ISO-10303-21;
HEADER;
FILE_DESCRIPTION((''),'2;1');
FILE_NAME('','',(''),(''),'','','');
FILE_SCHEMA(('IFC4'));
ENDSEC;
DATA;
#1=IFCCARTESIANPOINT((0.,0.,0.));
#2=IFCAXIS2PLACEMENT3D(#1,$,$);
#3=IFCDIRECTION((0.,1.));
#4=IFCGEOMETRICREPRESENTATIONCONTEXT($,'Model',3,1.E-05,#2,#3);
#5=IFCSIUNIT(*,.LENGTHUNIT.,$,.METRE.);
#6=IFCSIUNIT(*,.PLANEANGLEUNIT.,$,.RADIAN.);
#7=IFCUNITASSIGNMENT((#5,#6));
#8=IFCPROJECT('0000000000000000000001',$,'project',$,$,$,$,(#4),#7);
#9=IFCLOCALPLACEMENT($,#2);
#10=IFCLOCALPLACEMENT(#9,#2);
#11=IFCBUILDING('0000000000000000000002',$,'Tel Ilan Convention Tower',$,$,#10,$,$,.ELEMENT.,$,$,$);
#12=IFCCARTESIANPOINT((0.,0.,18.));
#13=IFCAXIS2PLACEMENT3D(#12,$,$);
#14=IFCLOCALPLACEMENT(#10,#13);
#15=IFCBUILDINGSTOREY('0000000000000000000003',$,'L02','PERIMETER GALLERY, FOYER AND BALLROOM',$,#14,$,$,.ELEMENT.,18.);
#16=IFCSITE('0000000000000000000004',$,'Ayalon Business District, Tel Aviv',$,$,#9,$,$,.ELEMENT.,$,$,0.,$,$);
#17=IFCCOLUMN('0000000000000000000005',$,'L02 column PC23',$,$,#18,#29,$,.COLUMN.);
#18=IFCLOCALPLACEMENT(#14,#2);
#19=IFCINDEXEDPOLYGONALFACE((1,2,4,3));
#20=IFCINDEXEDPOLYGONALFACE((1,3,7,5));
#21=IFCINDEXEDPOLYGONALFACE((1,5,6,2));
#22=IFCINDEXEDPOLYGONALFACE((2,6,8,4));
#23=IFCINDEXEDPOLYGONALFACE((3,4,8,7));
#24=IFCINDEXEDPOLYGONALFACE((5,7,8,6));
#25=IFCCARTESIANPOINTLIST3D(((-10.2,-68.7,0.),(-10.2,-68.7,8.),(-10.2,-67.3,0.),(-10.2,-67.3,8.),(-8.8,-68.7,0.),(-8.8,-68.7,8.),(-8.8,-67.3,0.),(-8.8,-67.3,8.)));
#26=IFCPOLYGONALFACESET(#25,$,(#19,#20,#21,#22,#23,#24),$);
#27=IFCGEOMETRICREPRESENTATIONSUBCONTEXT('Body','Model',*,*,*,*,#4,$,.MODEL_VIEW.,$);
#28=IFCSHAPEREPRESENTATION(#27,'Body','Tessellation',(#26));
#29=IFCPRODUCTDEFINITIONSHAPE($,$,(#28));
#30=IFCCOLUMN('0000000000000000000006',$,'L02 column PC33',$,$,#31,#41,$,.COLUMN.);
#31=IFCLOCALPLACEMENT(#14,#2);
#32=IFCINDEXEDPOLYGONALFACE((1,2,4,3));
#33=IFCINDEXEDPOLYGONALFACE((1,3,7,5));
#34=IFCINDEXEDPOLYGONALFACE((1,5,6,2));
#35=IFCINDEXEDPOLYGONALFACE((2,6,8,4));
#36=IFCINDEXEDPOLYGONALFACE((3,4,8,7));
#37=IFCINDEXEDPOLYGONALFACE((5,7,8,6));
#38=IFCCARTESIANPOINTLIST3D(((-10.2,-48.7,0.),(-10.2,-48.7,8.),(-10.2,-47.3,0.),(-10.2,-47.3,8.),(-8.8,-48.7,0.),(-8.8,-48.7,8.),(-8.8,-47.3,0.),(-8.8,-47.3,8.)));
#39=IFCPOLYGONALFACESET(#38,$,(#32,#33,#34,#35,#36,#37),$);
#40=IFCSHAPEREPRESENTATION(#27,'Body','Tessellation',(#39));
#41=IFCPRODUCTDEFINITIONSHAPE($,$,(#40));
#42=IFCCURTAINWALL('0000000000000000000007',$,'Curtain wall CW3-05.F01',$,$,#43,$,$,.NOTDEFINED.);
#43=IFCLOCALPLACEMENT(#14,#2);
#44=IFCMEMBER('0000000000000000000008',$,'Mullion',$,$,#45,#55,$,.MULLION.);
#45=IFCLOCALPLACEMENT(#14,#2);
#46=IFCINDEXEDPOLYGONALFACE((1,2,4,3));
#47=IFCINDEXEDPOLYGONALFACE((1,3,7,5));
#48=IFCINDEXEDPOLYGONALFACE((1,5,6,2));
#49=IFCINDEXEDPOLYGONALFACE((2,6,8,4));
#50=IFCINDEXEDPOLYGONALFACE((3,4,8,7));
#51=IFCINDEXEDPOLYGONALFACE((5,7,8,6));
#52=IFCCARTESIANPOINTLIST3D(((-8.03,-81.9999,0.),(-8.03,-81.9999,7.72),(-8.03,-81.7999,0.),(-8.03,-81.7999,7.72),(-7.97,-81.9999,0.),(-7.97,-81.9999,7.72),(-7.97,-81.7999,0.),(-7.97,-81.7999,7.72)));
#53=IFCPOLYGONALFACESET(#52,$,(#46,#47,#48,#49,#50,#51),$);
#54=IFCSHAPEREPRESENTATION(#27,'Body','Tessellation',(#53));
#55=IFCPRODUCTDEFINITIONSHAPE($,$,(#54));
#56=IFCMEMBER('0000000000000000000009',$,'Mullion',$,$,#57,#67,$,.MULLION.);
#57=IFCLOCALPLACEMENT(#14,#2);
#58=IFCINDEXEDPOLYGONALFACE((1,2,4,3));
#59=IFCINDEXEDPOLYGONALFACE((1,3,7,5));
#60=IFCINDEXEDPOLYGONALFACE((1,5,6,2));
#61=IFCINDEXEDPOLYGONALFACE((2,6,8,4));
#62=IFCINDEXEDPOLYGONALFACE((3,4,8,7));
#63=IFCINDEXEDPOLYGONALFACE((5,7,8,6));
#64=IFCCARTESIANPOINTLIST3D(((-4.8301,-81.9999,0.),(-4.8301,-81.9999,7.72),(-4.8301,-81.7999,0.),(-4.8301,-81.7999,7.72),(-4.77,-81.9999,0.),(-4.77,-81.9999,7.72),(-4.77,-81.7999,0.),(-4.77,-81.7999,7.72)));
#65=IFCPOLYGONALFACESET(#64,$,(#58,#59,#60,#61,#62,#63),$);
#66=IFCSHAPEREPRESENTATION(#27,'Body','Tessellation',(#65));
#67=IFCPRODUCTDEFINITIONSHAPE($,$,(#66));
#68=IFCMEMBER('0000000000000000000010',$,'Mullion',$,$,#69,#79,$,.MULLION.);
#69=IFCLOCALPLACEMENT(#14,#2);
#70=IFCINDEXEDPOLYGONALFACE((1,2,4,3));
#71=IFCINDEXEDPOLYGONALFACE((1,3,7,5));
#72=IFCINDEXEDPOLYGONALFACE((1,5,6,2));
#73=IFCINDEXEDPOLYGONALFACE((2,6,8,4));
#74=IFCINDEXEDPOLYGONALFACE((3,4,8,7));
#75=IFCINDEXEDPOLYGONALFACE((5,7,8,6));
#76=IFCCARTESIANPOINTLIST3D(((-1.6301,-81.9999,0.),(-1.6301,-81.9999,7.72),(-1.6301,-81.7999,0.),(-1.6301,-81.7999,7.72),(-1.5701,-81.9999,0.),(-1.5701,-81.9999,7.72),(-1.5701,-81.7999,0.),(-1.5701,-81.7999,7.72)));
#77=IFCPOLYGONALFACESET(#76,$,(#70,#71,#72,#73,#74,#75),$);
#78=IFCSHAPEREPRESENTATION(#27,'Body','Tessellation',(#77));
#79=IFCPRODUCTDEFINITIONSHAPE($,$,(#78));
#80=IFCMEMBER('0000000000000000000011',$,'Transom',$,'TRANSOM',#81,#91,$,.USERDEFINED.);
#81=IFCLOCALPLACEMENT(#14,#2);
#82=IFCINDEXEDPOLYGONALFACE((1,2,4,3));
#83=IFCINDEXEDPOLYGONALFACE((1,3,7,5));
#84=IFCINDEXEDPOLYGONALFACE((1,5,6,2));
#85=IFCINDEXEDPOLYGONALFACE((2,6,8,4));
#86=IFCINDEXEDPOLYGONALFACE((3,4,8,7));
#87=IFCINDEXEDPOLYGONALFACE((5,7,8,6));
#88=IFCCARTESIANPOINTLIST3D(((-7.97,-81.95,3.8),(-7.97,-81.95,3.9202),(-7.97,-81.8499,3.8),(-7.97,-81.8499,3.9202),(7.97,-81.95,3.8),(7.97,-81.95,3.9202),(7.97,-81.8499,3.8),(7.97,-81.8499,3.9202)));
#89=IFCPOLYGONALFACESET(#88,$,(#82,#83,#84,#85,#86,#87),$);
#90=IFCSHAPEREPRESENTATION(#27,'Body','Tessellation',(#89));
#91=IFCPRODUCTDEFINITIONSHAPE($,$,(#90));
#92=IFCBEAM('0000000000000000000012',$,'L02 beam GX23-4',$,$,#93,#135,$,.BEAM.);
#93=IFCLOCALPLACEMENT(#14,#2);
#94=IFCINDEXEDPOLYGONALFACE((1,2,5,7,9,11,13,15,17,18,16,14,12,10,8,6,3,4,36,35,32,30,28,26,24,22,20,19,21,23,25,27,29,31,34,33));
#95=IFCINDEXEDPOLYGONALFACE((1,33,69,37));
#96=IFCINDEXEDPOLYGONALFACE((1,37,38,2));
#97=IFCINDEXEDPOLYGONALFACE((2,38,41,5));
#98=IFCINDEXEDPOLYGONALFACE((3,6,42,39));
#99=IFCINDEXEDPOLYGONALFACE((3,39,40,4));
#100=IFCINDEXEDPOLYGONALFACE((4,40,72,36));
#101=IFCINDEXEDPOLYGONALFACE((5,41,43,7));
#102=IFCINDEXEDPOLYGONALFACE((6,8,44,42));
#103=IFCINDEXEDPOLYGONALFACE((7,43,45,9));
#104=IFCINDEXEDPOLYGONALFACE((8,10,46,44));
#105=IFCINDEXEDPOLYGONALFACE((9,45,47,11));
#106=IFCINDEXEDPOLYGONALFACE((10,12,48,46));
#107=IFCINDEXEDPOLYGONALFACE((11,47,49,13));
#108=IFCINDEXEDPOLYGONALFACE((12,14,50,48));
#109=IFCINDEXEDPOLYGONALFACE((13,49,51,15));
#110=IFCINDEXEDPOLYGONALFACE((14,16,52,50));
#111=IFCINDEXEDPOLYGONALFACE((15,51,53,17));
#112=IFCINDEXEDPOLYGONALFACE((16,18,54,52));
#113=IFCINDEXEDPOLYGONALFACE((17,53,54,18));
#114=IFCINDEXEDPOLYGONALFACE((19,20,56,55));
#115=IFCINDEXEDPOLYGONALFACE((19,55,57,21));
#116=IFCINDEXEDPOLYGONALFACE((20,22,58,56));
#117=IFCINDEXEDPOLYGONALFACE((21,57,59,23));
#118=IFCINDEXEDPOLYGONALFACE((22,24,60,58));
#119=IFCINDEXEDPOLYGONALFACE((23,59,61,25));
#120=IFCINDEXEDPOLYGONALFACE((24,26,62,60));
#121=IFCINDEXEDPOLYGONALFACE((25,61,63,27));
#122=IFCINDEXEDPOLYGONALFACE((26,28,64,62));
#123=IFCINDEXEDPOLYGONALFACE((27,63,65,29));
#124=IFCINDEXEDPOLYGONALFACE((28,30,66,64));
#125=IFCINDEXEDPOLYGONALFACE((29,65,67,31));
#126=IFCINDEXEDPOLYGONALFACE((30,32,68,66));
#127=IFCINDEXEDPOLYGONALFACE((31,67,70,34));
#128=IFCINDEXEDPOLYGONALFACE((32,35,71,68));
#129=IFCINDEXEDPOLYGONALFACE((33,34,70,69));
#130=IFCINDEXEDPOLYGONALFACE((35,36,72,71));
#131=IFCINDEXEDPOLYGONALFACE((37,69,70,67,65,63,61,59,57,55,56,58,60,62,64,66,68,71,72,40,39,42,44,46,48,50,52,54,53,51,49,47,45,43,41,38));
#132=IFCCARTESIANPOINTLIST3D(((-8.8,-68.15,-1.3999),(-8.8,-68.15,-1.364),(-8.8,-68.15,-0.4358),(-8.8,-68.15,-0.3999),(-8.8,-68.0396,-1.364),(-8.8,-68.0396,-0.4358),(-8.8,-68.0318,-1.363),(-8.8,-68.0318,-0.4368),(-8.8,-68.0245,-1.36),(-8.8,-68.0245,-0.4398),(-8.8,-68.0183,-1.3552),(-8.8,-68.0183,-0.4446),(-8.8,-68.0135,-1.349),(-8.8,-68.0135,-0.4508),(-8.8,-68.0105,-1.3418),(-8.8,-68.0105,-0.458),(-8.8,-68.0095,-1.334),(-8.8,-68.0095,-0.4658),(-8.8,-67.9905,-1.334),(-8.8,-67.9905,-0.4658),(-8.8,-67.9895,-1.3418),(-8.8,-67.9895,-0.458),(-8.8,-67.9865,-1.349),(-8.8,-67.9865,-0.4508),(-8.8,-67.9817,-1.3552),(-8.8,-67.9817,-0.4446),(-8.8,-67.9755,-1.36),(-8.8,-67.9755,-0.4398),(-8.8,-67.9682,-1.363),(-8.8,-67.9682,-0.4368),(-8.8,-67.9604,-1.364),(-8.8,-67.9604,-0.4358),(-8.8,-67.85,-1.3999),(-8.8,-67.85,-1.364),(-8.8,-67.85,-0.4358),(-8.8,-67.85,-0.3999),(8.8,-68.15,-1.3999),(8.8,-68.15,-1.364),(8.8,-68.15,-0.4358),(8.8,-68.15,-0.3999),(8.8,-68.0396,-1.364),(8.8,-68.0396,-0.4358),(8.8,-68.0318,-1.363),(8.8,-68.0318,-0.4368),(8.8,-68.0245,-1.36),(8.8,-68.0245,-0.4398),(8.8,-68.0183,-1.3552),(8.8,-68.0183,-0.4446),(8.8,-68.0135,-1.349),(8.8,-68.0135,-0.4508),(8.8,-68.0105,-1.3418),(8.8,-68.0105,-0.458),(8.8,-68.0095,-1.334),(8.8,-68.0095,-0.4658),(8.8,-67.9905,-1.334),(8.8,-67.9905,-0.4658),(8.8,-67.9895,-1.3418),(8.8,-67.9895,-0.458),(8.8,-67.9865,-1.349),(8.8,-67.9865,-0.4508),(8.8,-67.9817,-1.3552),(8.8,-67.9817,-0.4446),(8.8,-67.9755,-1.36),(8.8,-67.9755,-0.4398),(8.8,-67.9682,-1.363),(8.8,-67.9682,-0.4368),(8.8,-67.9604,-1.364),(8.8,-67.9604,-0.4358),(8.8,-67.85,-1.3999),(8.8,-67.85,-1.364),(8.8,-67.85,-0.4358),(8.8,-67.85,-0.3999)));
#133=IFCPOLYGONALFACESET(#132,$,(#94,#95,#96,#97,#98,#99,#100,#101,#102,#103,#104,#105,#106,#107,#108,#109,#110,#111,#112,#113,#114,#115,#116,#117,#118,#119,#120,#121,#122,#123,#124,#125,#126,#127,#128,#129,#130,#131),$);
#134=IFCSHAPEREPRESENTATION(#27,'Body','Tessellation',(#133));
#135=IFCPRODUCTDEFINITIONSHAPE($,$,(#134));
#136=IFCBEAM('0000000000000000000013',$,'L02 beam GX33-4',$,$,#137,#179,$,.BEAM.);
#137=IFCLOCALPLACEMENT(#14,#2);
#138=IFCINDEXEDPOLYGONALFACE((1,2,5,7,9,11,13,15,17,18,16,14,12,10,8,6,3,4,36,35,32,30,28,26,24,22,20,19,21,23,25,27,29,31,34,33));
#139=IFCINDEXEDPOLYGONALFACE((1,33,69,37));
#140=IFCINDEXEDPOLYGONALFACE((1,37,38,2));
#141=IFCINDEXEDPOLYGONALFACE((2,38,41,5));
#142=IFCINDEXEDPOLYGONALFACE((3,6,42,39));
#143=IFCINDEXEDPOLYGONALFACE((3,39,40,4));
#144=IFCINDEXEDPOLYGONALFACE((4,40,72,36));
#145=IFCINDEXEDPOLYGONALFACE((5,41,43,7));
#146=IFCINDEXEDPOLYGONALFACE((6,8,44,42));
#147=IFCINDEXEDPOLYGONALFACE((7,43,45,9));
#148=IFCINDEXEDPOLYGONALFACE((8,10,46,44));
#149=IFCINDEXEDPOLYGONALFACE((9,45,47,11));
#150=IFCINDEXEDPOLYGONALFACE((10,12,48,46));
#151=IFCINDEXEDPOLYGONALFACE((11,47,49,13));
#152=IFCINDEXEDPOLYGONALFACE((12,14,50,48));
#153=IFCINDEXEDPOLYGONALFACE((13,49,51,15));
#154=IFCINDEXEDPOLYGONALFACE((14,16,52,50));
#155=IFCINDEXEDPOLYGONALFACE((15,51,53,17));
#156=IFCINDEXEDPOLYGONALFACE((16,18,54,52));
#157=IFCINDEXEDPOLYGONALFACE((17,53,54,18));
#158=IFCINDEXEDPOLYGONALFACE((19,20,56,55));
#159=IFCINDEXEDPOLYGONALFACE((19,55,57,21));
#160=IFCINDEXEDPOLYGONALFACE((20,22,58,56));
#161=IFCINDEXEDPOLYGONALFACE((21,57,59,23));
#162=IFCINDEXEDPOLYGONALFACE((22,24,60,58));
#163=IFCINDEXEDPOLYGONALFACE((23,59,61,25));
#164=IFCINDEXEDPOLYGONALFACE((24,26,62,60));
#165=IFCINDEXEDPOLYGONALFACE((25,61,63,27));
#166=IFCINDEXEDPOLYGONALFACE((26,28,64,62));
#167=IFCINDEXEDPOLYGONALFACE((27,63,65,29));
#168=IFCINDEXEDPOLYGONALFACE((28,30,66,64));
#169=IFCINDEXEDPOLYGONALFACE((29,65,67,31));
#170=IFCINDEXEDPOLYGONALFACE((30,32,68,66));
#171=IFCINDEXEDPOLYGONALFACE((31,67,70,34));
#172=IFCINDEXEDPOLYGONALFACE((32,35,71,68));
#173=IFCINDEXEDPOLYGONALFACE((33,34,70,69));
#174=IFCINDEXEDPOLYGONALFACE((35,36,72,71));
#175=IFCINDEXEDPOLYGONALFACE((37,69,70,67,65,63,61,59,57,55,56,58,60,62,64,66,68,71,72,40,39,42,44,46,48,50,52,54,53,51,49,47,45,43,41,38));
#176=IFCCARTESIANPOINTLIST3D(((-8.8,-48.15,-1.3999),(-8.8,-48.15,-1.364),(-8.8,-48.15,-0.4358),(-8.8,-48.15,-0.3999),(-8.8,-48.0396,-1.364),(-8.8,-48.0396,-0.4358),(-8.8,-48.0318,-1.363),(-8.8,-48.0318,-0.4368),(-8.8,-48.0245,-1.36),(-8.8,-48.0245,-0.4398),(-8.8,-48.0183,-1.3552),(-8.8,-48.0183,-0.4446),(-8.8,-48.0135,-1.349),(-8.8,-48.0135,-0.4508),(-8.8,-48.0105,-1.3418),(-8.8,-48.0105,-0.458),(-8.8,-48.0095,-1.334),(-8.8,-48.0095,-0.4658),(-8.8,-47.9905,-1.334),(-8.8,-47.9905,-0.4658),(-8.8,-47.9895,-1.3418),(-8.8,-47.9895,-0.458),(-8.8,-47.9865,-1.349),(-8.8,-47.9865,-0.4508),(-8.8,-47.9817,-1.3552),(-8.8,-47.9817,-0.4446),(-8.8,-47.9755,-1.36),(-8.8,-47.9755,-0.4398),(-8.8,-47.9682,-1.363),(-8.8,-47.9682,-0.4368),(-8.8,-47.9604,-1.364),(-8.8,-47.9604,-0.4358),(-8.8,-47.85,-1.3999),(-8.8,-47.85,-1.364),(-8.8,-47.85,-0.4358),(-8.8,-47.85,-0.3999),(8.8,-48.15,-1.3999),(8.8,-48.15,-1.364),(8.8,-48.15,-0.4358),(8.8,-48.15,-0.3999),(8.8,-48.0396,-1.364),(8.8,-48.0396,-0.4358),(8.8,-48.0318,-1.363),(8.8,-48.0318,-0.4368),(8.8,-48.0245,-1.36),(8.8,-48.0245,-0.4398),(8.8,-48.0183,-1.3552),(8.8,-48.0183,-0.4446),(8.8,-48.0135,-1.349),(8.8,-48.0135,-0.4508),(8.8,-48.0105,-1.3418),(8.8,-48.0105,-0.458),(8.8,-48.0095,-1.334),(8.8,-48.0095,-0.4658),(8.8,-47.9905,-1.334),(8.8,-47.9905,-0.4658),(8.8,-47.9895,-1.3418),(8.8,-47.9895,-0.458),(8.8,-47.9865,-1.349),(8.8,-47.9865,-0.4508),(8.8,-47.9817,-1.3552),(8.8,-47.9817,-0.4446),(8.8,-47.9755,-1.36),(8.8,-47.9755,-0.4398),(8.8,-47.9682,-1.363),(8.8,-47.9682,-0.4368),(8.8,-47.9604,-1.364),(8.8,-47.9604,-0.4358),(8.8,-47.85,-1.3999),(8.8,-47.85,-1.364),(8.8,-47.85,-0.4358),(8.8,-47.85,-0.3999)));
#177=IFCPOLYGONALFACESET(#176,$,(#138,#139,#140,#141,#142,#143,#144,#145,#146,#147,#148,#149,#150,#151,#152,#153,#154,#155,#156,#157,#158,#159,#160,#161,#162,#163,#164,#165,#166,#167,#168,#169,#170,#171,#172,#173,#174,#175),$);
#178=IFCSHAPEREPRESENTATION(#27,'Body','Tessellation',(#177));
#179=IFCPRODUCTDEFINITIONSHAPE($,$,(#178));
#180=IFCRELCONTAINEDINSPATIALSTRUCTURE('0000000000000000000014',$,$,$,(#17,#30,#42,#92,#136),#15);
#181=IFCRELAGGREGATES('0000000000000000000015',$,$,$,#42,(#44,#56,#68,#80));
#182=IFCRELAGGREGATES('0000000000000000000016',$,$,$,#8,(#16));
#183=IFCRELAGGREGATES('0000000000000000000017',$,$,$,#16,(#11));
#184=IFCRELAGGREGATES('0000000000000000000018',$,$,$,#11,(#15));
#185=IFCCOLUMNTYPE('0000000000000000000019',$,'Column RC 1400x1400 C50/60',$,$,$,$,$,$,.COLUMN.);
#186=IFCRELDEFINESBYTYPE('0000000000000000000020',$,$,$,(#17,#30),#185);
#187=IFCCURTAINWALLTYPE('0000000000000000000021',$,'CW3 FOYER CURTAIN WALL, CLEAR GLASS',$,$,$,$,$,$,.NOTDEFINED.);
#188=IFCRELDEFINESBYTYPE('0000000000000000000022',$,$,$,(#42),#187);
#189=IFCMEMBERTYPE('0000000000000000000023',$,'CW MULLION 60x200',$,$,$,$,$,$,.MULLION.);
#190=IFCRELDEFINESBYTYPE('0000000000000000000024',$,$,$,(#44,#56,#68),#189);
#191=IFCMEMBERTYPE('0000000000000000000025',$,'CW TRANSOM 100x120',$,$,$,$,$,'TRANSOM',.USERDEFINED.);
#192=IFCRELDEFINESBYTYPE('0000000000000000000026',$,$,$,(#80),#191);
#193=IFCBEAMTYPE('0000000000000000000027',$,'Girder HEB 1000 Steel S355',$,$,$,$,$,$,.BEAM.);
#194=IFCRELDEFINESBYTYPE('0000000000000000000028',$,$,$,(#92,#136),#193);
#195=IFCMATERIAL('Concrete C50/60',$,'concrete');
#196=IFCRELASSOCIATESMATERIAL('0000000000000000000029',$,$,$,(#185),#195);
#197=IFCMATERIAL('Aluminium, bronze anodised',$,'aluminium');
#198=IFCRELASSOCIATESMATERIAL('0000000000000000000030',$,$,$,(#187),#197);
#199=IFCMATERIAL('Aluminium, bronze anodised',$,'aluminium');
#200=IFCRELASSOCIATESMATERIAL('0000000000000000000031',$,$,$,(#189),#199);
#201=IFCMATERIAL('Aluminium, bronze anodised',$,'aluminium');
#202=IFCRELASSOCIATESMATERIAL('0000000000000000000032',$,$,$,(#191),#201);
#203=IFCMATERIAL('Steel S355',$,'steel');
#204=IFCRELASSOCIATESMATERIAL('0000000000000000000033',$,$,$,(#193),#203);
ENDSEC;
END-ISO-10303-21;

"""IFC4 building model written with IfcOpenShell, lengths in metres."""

from ifc_helpers import new_model, si_unit, direction, frame, origin, origin_2d, place, context, subcontext, project, spatial, rectangle, i_section, extrude, material, material_profile, profile_set, type_object, element, aggregate, save


model = new_model("IFC4")

# Units and contexts
model_context = context("Model", 3, precision=1e-05, world=origin(), true_north=direction((0.0, 1.0)))
body_context = subcontext(model_context, "Body", "Model", "MODEL_VIEW")
ifc_project = project(units=[si_unit("LENGTHUNIT", "METRE"), si_unit("PLANEANGLEUNIT", "RADIAN")], contexts=[model_context])

# Site, building, storey
site_placement = place(None, origin())
site = spatial("IfcSite", under=ifc_project, at=site_placement, Name="Ayalon Business District, Tel Aviv", CompositionType="ELEMENT", RefElevation=0.0)
building_placement = place(site_placement, origin())
building = spatial("IfcBuilding", under=site, at=building_placement, Name="Tel Ilan Convention Tower", CompositionType="ELEMENT")
storey_placement = place(building_placement, frame((0.0, 0.0, 18.0)))
storey = spatial("IfcBuildingStorey", under=building, at=storey_placement, Name="L02", Description="PERIMETER GALLERY, FOYER AND BALLROOM", CompositionType="ELEMENT", Elevation=18.0)

# Columns
ifc_material_1 = material(Name="Concrete C50/60", Category="concrete")
ifc_material_profile_1 = material_profile(ifc_material_1, rectangle(XDim=1.3999, YDim=1.3999, at=origin_2d()), Name="RC 1400x1400")
ifc_profile_set_1 = profile_set([ifc_material_profile_1], Name="Concrete C50/60")
column_type = type_object("IfcColumnType", Name="Column RC 1400x1400 C50/60", PredefinedType="COLUMN", material=ifc_profile_set_1)
for number, where, z_axis, x_axis, name in (
    (1, (-9.5, -68.0, 0.0), (0.0, 0.0, 1.0), (1.0, 0.0, 0.0), "L02 column PC23"),
    (2, (-9.5, -48.0, 0.0), (0.0, 0.0, 1.0), (1.0, 0.0, 0.0), "L02 column PC33"),
):
    element("IfcColumn", number, at=place(storey_placement, frame(where, z_axis=z_axis, x_axis=x_axis)), inside=storey, type_object=column_type, Name=name, PredefinedType="COLUMN", context=body_context, shape_type="SweptSolid", body=[
        extrude(rectangle(XDim=1.3999, YDim=1.3999, at=origin_2d()), origin(), (0.0, 0.0, 1.0), 8.0),
    ])

# Curtain wall, members
ifc_material_2 = material(Name="Aluminium, bronze anodised", Category="aluminium")
curtain_wall_type = type_object("IfcCurtainWallType", Name="CW3 FOYER CURTAIN WALL, CLEAR GLASS", PredefinedType="NOTDEFINED", material=ifc_material_2)
curtain_wall_placement = place(storey_placement, origin())
curtain_wall = element("IfcCurtainWall", 3, at=curtain_wall_placement, inside=storey, type_object=curtain_wall_type, Name="Curtain wall CW3-05.F01", PredefinedType="NOTDEFINED")
ifc_material_3 = material(Name="Aluminium, bronze anodised", Category="aluminium")
ifc_material_profile_2 = material_profile(ifc_material_3, rectangle(XDim=0.0601, YDim=0.2, at=origin_2d()), Name="CW MULLION 60x200")
ifc_profile_set_2 = profile_set([ifc_material_profile_2], Name="Aluminium, bronze anodised")
member_type_1 = type_object("IfcMemberType", Name="CW MULLION 60x200", PredefinedType="MULLION", material=ifc_profile_set_2)
member_1_placement = place(storey_placement, frame((-8.0, -81.8999, 0.0), z_axis=(0.0, 0.0, 1.0), x_axis=(1.0, 0.0, 0.0)))
member_1 = element("IfcMember", 4, at=member_1_placement, type_object=member_type_1, Name="Mullion", PredefinedType="MULLION", context=body_context, shape_type="SweptSolid", body=[
    extrude(rectangle(XDim=0.0601, YDim=0.2, at=origin_2d()), origin(), (0.0, 0.0, 1.0), 7.72),
])
member_2_placement = place(storey_placement, frame((-4.8, -81.8999, 0.0), z_axis=(0.0, 0.0, 1.0), x_axis=(1.0, 0.0, 0.0)))
member_2 = element("IfcMember", 5, at=member_2_placement, type_object=member_type_1, Name="Mullion", PredefinedType="MULLION", context=body_context, shape_type="SweptSolid", body=[
    extrude(rectangle(XDim=0.0601, YDim=0.2, at=origin_2d()), origin(), (0.0, 0.0, 1.0), 7.72),
])
member_3_placement = place(storey_placement, frame((-1.6001, -81.8999, 0.0), z_axis=(0.0, 0.0, 1.0), x_axis=(1.0, 0.0, 0.0)))
member_3 = element("IfcMember", 6, at=member_3_placement, type_object=member_type_1, Name="Mullion", PredefinedType="MULLION", context=body_context, shape_type="SweptSolid", body=[
    extrude(rectangle(XDim=0.0601, YDim=0.2, at=origin_2d()), origin(), (0.0, 0.0, 1.0), 7.72),
])
ifc_material_4 = material(Name="Aluminium, bronze anodised", Category="aluminium")
ifc_material_profile_3 = material_profile(ifc_material_4, rectangle(XDim=0.1001, YDim=0.1201, at=origin_2d()), Name="CW TRANSOM 100x120")
ifc_profile_set_3 = profile_set([ifc_material_profile_3], Name="Aluminium, bronze anodised")
member_type_2 = type_object("IfcMemberType", Name="CW TRANSOM 100x120", ElementType="TRANSOM", PredefinedType="USERDEFINED", material=ifc_profile_set_3)
member_4_placement = place(storey_placement, frame((-7.97, -81.8999, 3.8601), z_axis=(1.0, 0.0, 0.0), x_axis=(0.0, 1.0, 0.0)))
member_4 = element("IfcMember", 7, at=member_4_placement, type_object=member_type_2, Name="Transom", ObjectType="TRANSOM", PredefinedType="USERDEFINED", context=body_context, shape_type="SweptSolid", body=[
    extrude(rectangle(XDim=0.1001, YDim=0.1201, at=origin_2d()), origin(), (0.0, 0.0, 1.0), 15.9399),
])

# Beams
ifc_material_5 = material(Name="Steel S355", Category="steel")
ifc_material_profile_4 = material_profile(ifc_material_5, i_section(OverallWidth=0.3, OverallDepth=1.0, WebThickness=0.019, FlangeThickness=0.0359, FilletRadius=0.03, at=origin_2d()), Name="HEB 1000")
ifc_profile_set_4 = profile_set([ifc_material_profile_4], Name="Steel S355")
beam_type_1 = type_object("IfcBeamType", Name="Girder HEB 1000 Steel S355", PredefinedType="BEAM", material=ifc_profile_set_4)
for number, where, z_axis, x_axis, name in (
    (8, (-8.8, -68.0, -0.8999), (1.0, 0.0, 0.0), (0.0, 1.0, 0.0), "L02 beam GX23-4"),
    (9, (-8.8, -48.0, -0.8999), (1.0, 0.0, 0.0), (0.0, 1.0, 0.0), "L02 beam GX33-4"),
):
    element("IfcBeam", number, at=place(storey_placement, frame(where, z_axis=z_axis, x_axis=x_axis)), inside=storey, type_object=beam_type_1, Name=name, PredefinedType="BEAM", context=body_context, shape_type="SweptSolid", body=[
        extrude(i_section(OverallWidth=0.3, OverallDepth=1.0, WebThickness=0.019, FlangeThickness=0.0359, FilletRadius=0.03, at=origin_2d()), origin(), (0.0, 0.0, 1.0), 17.6001),
    ])

aggregate(curtain_wall, [member_1, member_2, member_3, member_4])

save(model, "model.ifc")
